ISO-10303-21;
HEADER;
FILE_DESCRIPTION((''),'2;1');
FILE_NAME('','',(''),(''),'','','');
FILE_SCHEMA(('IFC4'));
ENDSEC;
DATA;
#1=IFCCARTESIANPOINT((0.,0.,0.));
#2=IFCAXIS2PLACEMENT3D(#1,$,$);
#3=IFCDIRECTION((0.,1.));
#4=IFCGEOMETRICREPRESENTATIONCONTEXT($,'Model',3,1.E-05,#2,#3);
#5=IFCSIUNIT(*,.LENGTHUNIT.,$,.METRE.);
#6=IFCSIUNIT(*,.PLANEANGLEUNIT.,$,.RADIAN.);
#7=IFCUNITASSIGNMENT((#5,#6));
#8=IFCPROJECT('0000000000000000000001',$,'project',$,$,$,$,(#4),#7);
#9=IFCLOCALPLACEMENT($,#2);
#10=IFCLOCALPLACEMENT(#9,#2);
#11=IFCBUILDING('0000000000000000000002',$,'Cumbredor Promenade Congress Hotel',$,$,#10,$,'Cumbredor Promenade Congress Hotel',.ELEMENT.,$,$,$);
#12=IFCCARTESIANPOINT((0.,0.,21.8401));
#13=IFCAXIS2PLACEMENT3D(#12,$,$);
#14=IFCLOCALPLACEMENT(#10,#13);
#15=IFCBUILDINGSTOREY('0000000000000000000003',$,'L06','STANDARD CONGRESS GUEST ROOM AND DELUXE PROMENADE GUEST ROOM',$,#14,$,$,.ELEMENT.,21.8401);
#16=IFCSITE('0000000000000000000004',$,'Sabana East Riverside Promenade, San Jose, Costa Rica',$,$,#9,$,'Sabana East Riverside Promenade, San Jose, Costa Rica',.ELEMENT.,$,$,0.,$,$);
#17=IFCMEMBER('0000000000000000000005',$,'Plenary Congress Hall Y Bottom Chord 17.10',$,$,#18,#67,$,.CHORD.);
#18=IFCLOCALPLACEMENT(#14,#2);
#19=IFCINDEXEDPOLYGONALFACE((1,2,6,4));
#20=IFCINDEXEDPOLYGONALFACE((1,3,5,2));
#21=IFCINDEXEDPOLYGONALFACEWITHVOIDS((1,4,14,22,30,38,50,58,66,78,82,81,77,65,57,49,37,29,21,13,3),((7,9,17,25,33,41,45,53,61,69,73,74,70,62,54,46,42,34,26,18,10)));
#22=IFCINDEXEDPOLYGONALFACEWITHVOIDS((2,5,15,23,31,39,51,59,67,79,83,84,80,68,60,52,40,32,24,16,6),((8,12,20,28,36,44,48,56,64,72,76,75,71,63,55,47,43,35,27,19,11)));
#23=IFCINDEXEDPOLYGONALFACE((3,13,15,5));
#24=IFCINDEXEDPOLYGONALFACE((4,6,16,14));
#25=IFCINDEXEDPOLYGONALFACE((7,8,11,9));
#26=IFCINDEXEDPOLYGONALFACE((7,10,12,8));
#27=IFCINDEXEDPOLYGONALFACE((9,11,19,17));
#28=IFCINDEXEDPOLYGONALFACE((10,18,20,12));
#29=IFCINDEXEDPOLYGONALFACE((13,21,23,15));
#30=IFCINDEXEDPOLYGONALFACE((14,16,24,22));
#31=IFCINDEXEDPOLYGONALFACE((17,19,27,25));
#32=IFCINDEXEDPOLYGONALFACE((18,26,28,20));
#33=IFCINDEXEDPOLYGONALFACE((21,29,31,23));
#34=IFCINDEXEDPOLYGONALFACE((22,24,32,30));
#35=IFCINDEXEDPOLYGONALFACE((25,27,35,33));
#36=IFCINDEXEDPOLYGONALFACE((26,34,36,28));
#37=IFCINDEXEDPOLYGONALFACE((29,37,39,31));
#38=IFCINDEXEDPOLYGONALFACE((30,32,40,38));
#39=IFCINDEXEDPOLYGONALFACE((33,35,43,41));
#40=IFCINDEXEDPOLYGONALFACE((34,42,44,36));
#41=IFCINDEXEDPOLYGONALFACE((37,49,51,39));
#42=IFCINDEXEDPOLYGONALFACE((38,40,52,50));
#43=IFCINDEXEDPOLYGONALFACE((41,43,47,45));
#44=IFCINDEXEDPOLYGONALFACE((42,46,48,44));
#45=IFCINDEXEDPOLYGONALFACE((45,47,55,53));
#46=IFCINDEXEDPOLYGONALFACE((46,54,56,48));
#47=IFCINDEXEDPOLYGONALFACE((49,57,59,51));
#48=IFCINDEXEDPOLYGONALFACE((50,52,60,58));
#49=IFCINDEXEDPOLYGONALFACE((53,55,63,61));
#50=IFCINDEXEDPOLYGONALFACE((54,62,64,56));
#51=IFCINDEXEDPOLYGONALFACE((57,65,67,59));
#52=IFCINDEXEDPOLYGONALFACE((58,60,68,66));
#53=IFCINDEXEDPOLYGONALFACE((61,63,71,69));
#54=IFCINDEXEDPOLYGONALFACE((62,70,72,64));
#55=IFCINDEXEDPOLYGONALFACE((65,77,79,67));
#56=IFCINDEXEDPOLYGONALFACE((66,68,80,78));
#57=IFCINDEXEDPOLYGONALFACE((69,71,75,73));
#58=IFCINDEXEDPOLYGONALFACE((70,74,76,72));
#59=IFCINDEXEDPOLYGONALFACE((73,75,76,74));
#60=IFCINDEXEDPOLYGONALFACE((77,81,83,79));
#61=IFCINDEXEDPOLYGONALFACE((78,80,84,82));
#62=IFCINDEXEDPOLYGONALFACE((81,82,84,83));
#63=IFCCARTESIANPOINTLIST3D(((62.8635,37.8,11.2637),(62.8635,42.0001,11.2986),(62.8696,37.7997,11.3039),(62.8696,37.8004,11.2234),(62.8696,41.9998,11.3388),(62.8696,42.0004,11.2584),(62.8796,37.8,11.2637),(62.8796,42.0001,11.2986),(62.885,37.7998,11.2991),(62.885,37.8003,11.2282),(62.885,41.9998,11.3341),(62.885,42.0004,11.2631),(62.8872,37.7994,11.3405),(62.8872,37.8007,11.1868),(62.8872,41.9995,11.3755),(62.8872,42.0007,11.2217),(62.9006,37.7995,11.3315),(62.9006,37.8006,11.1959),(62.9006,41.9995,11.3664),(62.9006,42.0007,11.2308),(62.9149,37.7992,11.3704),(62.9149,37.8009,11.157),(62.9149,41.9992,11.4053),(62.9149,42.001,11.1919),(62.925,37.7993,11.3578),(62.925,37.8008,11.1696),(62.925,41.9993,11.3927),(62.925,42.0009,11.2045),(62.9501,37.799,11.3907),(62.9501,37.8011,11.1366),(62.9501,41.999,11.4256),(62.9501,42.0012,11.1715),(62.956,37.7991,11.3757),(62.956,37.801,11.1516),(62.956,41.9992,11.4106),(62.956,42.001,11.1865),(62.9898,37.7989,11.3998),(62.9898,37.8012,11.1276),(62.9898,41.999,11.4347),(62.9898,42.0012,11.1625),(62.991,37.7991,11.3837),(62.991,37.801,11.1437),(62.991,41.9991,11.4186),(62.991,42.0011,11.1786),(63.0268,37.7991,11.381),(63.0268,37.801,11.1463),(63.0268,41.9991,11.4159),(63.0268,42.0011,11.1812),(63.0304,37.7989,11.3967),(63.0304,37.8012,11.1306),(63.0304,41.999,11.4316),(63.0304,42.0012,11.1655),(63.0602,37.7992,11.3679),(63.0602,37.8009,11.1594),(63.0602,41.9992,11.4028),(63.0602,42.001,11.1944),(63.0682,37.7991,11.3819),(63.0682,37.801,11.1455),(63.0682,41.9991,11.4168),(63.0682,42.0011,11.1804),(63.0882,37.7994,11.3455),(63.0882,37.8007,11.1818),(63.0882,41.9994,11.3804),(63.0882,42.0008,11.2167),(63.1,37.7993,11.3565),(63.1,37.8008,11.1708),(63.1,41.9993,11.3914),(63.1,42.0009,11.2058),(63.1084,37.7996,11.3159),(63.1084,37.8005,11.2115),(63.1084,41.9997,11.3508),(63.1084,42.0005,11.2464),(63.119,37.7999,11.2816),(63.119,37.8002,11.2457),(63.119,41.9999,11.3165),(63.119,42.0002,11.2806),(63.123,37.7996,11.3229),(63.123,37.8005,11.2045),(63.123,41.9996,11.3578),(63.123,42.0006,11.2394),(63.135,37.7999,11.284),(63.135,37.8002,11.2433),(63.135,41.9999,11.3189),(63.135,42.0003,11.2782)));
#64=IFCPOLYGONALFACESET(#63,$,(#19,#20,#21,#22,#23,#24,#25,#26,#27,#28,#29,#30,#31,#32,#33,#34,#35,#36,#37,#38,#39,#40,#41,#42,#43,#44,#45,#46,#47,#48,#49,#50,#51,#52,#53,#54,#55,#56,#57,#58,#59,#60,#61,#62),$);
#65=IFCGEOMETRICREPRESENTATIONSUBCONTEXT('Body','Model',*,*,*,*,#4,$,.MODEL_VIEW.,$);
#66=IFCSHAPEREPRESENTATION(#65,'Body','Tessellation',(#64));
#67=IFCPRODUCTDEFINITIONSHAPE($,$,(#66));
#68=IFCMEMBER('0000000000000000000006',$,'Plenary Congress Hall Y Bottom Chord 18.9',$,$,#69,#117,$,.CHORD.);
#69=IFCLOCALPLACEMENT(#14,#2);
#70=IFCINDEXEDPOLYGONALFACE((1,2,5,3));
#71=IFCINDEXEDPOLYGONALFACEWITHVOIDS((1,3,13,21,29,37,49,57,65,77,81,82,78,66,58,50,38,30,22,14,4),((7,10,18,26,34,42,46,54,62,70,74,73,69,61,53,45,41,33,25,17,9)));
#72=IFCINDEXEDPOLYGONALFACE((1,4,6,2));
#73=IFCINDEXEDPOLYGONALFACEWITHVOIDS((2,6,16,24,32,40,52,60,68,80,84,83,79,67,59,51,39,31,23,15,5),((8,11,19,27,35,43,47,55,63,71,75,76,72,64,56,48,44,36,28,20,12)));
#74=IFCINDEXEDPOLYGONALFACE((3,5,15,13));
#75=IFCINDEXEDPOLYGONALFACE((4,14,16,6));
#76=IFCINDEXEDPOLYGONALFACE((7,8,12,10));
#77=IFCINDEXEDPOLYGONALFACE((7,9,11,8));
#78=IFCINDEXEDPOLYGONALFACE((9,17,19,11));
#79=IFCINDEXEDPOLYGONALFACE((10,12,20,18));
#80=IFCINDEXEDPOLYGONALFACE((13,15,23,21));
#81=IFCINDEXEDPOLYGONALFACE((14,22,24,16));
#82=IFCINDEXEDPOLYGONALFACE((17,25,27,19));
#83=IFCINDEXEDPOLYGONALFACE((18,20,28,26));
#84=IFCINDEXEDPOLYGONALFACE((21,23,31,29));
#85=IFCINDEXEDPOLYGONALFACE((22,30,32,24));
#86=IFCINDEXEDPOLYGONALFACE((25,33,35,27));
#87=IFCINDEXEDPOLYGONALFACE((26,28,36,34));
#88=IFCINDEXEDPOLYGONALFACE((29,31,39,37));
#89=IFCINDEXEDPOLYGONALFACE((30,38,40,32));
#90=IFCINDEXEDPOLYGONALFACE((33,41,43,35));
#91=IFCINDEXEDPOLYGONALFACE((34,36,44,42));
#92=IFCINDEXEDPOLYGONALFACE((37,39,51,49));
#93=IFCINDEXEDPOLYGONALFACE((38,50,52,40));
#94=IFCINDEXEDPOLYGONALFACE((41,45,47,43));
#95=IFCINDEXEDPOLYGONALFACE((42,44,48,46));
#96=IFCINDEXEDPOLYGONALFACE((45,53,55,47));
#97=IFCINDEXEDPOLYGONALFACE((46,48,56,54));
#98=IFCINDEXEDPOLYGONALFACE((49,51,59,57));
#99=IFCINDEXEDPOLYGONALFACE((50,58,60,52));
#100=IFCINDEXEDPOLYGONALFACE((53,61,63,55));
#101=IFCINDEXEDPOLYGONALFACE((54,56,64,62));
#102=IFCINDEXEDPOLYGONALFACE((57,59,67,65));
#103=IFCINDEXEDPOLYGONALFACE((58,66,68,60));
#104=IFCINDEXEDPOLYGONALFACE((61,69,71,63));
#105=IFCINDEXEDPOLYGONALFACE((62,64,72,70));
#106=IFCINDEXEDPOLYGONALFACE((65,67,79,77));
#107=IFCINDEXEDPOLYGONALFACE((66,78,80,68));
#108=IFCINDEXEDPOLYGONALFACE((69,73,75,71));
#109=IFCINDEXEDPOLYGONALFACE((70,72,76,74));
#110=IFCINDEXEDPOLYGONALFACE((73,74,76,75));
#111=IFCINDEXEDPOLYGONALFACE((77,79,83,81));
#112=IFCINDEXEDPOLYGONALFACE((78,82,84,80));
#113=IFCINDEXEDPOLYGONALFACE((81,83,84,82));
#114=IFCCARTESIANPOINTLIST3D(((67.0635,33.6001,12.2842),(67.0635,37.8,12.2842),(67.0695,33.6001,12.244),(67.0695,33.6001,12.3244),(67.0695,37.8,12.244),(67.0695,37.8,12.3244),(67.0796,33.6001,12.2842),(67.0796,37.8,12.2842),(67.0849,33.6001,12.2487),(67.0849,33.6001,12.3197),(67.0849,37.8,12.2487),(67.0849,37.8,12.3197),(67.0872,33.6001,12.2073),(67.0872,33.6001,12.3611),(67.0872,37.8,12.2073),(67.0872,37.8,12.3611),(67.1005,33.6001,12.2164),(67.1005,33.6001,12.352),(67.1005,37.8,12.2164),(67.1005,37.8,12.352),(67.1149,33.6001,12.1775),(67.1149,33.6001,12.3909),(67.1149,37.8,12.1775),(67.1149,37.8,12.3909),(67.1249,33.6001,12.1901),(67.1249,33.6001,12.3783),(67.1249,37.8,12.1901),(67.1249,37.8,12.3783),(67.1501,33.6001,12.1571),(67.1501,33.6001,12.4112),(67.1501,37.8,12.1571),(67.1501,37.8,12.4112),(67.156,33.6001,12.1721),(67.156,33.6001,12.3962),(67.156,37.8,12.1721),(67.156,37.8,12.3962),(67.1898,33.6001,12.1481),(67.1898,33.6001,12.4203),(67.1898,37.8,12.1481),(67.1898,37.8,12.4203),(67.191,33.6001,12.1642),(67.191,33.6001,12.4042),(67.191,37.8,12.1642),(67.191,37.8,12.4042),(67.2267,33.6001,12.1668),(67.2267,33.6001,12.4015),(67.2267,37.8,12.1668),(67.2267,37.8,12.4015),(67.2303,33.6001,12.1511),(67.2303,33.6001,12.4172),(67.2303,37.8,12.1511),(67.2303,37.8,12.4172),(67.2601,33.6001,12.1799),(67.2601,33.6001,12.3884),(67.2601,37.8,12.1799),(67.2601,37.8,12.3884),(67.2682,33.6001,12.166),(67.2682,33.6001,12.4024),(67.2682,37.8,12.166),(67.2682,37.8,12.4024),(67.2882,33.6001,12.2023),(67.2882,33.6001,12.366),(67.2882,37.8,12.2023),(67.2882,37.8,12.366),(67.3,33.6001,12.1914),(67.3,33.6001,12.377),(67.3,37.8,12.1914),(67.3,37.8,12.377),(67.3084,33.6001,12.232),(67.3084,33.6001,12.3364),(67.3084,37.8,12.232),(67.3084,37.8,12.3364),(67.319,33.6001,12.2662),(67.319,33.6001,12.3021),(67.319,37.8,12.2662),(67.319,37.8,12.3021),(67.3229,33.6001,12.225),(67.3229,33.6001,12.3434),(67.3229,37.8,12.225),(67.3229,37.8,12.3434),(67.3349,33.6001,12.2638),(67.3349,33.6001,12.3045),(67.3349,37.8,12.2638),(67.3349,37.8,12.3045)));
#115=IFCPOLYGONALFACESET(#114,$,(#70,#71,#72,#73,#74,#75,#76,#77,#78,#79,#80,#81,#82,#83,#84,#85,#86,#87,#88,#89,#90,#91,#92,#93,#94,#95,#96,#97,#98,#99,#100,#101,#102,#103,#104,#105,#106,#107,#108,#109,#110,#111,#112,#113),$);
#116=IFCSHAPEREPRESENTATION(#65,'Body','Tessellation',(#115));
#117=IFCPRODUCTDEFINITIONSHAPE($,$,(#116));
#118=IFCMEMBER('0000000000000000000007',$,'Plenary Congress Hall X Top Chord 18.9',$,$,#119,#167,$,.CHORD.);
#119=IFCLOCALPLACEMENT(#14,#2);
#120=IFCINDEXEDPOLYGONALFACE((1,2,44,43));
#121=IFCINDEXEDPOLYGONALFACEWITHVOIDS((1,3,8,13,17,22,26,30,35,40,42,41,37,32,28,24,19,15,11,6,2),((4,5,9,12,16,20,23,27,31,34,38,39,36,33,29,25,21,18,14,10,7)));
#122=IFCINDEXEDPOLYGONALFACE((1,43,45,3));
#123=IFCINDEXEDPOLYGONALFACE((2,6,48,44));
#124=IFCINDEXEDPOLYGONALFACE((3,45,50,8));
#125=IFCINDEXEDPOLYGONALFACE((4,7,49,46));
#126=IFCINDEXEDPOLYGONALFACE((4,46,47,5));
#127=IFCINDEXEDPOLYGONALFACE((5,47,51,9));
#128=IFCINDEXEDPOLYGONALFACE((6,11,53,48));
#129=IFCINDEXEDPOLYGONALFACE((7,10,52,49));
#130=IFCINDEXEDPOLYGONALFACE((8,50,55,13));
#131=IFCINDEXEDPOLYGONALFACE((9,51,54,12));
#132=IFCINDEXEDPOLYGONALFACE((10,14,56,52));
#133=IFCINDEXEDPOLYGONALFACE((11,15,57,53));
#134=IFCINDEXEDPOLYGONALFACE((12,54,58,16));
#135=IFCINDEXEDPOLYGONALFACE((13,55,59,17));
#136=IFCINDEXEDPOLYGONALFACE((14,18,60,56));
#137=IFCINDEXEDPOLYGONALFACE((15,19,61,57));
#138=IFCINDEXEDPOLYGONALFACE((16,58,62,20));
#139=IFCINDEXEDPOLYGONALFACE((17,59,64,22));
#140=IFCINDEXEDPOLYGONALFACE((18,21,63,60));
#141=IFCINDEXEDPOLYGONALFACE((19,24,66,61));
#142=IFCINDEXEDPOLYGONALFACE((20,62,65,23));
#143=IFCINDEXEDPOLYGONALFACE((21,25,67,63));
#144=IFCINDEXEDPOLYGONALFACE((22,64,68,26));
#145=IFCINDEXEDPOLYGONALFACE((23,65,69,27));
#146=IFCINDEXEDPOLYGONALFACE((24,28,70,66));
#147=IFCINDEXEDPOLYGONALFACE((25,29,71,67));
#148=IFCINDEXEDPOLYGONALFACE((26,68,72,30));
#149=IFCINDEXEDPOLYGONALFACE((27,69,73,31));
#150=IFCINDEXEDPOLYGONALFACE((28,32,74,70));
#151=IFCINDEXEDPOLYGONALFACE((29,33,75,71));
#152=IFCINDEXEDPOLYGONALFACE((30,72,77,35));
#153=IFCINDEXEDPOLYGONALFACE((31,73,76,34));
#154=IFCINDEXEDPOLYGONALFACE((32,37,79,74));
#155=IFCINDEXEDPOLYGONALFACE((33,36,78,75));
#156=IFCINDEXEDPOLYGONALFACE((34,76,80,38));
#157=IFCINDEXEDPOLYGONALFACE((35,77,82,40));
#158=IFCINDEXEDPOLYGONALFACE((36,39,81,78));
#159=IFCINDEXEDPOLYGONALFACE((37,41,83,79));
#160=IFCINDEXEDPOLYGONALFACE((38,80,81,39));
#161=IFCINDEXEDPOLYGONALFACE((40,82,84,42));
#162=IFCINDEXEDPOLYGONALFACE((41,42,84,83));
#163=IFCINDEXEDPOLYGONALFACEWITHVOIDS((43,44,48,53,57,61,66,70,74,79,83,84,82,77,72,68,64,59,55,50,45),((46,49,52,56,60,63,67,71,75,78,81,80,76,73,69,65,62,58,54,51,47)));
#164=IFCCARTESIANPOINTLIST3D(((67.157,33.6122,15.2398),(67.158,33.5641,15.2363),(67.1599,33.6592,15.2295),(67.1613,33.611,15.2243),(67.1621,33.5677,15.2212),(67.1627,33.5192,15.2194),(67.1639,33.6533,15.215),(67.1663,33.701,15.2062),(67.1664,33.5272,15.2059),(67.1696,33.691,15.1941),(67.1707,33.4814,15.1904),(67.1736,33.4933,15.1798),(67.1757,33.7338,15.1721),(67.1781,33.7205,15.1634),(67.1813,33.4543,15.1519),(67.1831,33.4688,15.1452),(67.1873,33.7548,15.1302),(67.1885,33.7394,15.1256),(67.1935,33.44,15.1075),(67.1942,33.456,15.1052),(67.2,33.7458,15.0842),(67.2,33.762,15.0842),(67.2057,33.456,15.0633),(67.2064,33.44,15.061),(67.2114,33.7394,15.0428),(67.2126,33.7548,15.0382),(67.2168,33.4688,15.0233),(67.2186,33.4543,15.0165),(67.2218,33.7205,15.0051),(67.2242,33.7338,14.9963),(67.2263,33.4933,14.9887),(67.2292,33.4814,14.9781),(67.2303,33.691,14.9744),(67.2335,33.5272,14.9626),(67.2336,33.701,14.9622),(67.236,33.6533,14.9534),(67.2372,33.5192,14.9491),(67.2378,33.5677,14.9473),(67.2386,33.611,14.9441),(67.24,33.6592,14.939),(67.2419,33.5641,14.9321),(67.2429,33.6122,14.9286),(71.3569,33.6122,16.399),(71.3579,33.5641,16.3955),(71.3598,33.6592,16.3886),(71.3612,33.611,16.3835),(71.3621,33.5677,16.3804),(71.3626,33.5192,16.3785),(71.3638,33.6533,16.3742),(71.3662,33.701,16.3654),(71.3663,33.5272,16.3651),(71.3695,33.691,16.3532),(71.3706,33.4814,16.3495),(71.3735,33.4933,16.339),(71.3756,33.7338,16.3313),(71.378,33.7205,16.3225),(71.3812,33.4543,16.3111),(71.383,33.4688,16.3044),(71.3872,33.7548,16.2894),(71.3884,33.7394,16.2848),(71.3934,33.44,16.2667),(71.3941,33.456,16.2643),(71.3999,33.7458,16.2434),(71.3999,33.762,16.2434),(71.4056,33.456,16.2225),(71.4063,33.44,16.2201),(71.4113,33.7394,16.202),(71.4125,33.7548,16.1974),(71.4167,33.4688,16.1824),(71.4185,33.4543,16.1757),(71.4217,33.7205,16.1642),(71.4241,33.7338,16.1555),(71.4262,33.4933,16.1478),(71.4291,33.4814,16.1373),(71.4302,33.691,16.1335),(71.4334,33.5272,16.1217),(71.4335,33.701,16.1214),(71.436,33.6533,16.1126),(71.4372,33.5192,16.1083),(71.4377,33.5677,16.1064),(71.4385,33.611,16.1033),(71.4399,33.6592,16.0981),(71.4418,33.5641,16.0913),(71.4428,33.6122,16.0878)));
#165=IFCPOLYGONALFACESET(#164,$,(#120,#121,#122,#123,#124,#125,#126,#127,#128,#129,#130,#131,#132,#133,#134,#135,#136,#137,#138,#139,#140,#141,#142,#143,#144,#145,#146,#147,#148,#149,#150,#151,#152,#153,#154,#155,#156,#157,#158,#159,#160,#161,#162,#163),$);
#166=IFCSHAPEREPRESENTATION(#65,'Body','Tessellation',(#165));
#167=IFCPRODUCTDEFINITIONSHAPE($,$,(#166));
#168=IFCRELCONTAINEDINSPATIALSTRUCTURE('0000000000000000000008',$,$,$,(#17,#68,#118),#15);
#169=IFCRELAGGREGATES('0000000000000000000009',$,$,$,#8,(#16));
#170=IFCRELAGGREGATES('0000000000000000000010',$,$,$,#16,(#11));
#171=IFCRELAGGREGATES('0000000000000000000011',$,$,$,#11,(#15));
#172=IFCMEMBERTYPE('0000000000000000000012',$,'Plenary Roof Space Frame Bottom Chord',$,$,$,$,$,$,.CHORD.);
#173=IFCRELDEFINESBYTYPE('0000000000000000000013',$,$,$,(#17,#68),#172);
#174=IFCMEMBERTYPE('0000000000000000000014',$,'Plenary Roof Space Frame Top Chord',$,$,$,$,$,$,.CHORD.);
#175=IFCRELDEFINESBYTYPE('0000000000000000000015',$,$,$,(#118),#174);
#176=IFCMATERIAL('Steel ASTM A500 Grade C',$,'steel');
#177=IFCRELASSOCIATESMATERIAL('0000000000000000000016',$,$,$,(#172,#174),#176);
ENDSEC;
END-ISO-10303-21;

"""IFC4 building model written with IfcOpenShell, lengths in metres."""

from ifc_helpers import new_model, si_unit, direction, frame, origin, origin_2d, place, context, subcontext, project, spatial, hollow_circle, extrude, material, material_profile, profile_set, type_object, element, save


model = new_model("IFC4")

# Units and contexts
model_context = context("Model", 3, precision=1e-05, world=origin(), true_north=direction((0.0, 1.0)))
body_context = subcontext(model_context, "Body", "Model", "MODEL_VIEW")
ifc_project = project(units=[si_unit("LENGTHUNIT", "METRE"), si_unit("PLANEANGLEUNIT", "RADIAN")], contexts=[model_context])

# Site, building, storey
site_placement = place(None, origin())
site = spatial("IfcSite", under=ifc_project, at=site_placement, Name="Sabana East Riverside Promenade, San Jose, Costa Rica", LongName="Sabana East Riverside Promenade, San Jose, Costa Rica", CompositionType="ELEMENT", RefElevation=0.0)
building_placement = place(site_placement, origin())
building = spatial("IfcBuilding", under=site, at=building_placement, Name="Cumbredor Promenade Congress Hotel", LongName="Cumbredor Promenade Congress Hotel", CompositionType="ELEMENT")
storey_placement = place(building_placement, frame((0.0, 0.0, 21.8401)))
storey = spatial("IfcBuildingStorey", under=building, at=storey_placement, Name="L06", Description="STANDARD CONGRESS GUEST ROOM AND DELUXE PROMENADE GUEST ROOM", CompositionType="ELEMENT", Elevation=21.8401)

# Members
ifc_material_1 = material(Name="Steel ASTM A500 Grade C", Category="steel")
ifc_material_profile_1 = material_profile(ifc_material_1, hollow_circle(Radius=0.1365, WallThickness=0.0161, at=origin_2d()), Name="CHS 273.0x16")
ifc_profile_set_1 = profile_set([ifc_material_profile_1], Name="Steel ASTM A500 Grade C")
member_type_1 = type_object("IfcMemberType", Name="Plenary Roof Space Frame Bottom Chord", PredefinedType="CHORD", material=ifc_profile_set_1)
member_1_placement = place(storey_placement, frame((63.0, 37.8, 11.2637), z_axis=(0.0, 0.999965, 0.008312), x_axis=(-1.0, 0.0, 0.0)))
element("IfcMember", 1, at=member_1_placement, inside=storey, type_object=member_type_1, Name="Plenary Congress Hall Y Bottom Chord 17.10", PredefinedType="CHORD", context=body_context, shape_type="SweptSolid", body=[
    extrude(hollow_circle(Radius=0.1365, WallThickness=0.0161, at=origin_2d()), origin(), (0.0, 0.0, 1.0), 4.2002),
])
member_2_placement = place(storey_placement, frame((67.2, 33.6001, 12.2842), z_axis=(0.0, 1.0, 0.0), x_axis=(-1.0, 0.0, 0.0)))
element("IfcMember", 2, at=member_2_placement, inside=storey, type_object=member_type_1, Name="Plenary Congress Hall Y Bottom Chord 18.9", PredefinedType="CHORD", context=body_context, shape_type="SweptSolid", body=[
    extrude(hollow_circle(Radius=0.1365, WallThickness=0.0161, at=origin_2d()), origin(), (0.0, 0.0, 1.0), 4.2),
])
ifc_material_profile_2 = material_profile(ifc_material_1, hollow_circle(Radius=0.1619, WallThickness=0.0161, at=origin_2d()), Name="CHS 323.9x16")
ifc_profile_set_2 = profile_set([ifc_material_profile_2], Name="Steel ASTM A500 Grade C")
member_type_2 = type_object("IfcMemberType", Name="Plenary Roof Space Frame Top Chord", PredefinedType="CHORD", material=ifc_profile_set_2)
member_3_placement = place(storey_placement, frame((67.2, 33.6001, 15.0842), z_axis=(0.963959, 0.0, 0.266051), x_axis=(0.0, 1.0, 0.0)))
element("IfcMember", 3, at=member_3_placement, inside=storey, type_object=member_type_2, Name="Plenary Congress Hall X Top Chord 18.9", PredefinedType="CHORD", context=body_context, shape_type="SweptSolid", body=[
    extrude(hollow_circle(Radius=0.1619, WallThickness=0.0161, at=origin_2d()), origin(), (0.0, 0.0, 1.0), 4.3569),
])

save(model, "model.ifc")
